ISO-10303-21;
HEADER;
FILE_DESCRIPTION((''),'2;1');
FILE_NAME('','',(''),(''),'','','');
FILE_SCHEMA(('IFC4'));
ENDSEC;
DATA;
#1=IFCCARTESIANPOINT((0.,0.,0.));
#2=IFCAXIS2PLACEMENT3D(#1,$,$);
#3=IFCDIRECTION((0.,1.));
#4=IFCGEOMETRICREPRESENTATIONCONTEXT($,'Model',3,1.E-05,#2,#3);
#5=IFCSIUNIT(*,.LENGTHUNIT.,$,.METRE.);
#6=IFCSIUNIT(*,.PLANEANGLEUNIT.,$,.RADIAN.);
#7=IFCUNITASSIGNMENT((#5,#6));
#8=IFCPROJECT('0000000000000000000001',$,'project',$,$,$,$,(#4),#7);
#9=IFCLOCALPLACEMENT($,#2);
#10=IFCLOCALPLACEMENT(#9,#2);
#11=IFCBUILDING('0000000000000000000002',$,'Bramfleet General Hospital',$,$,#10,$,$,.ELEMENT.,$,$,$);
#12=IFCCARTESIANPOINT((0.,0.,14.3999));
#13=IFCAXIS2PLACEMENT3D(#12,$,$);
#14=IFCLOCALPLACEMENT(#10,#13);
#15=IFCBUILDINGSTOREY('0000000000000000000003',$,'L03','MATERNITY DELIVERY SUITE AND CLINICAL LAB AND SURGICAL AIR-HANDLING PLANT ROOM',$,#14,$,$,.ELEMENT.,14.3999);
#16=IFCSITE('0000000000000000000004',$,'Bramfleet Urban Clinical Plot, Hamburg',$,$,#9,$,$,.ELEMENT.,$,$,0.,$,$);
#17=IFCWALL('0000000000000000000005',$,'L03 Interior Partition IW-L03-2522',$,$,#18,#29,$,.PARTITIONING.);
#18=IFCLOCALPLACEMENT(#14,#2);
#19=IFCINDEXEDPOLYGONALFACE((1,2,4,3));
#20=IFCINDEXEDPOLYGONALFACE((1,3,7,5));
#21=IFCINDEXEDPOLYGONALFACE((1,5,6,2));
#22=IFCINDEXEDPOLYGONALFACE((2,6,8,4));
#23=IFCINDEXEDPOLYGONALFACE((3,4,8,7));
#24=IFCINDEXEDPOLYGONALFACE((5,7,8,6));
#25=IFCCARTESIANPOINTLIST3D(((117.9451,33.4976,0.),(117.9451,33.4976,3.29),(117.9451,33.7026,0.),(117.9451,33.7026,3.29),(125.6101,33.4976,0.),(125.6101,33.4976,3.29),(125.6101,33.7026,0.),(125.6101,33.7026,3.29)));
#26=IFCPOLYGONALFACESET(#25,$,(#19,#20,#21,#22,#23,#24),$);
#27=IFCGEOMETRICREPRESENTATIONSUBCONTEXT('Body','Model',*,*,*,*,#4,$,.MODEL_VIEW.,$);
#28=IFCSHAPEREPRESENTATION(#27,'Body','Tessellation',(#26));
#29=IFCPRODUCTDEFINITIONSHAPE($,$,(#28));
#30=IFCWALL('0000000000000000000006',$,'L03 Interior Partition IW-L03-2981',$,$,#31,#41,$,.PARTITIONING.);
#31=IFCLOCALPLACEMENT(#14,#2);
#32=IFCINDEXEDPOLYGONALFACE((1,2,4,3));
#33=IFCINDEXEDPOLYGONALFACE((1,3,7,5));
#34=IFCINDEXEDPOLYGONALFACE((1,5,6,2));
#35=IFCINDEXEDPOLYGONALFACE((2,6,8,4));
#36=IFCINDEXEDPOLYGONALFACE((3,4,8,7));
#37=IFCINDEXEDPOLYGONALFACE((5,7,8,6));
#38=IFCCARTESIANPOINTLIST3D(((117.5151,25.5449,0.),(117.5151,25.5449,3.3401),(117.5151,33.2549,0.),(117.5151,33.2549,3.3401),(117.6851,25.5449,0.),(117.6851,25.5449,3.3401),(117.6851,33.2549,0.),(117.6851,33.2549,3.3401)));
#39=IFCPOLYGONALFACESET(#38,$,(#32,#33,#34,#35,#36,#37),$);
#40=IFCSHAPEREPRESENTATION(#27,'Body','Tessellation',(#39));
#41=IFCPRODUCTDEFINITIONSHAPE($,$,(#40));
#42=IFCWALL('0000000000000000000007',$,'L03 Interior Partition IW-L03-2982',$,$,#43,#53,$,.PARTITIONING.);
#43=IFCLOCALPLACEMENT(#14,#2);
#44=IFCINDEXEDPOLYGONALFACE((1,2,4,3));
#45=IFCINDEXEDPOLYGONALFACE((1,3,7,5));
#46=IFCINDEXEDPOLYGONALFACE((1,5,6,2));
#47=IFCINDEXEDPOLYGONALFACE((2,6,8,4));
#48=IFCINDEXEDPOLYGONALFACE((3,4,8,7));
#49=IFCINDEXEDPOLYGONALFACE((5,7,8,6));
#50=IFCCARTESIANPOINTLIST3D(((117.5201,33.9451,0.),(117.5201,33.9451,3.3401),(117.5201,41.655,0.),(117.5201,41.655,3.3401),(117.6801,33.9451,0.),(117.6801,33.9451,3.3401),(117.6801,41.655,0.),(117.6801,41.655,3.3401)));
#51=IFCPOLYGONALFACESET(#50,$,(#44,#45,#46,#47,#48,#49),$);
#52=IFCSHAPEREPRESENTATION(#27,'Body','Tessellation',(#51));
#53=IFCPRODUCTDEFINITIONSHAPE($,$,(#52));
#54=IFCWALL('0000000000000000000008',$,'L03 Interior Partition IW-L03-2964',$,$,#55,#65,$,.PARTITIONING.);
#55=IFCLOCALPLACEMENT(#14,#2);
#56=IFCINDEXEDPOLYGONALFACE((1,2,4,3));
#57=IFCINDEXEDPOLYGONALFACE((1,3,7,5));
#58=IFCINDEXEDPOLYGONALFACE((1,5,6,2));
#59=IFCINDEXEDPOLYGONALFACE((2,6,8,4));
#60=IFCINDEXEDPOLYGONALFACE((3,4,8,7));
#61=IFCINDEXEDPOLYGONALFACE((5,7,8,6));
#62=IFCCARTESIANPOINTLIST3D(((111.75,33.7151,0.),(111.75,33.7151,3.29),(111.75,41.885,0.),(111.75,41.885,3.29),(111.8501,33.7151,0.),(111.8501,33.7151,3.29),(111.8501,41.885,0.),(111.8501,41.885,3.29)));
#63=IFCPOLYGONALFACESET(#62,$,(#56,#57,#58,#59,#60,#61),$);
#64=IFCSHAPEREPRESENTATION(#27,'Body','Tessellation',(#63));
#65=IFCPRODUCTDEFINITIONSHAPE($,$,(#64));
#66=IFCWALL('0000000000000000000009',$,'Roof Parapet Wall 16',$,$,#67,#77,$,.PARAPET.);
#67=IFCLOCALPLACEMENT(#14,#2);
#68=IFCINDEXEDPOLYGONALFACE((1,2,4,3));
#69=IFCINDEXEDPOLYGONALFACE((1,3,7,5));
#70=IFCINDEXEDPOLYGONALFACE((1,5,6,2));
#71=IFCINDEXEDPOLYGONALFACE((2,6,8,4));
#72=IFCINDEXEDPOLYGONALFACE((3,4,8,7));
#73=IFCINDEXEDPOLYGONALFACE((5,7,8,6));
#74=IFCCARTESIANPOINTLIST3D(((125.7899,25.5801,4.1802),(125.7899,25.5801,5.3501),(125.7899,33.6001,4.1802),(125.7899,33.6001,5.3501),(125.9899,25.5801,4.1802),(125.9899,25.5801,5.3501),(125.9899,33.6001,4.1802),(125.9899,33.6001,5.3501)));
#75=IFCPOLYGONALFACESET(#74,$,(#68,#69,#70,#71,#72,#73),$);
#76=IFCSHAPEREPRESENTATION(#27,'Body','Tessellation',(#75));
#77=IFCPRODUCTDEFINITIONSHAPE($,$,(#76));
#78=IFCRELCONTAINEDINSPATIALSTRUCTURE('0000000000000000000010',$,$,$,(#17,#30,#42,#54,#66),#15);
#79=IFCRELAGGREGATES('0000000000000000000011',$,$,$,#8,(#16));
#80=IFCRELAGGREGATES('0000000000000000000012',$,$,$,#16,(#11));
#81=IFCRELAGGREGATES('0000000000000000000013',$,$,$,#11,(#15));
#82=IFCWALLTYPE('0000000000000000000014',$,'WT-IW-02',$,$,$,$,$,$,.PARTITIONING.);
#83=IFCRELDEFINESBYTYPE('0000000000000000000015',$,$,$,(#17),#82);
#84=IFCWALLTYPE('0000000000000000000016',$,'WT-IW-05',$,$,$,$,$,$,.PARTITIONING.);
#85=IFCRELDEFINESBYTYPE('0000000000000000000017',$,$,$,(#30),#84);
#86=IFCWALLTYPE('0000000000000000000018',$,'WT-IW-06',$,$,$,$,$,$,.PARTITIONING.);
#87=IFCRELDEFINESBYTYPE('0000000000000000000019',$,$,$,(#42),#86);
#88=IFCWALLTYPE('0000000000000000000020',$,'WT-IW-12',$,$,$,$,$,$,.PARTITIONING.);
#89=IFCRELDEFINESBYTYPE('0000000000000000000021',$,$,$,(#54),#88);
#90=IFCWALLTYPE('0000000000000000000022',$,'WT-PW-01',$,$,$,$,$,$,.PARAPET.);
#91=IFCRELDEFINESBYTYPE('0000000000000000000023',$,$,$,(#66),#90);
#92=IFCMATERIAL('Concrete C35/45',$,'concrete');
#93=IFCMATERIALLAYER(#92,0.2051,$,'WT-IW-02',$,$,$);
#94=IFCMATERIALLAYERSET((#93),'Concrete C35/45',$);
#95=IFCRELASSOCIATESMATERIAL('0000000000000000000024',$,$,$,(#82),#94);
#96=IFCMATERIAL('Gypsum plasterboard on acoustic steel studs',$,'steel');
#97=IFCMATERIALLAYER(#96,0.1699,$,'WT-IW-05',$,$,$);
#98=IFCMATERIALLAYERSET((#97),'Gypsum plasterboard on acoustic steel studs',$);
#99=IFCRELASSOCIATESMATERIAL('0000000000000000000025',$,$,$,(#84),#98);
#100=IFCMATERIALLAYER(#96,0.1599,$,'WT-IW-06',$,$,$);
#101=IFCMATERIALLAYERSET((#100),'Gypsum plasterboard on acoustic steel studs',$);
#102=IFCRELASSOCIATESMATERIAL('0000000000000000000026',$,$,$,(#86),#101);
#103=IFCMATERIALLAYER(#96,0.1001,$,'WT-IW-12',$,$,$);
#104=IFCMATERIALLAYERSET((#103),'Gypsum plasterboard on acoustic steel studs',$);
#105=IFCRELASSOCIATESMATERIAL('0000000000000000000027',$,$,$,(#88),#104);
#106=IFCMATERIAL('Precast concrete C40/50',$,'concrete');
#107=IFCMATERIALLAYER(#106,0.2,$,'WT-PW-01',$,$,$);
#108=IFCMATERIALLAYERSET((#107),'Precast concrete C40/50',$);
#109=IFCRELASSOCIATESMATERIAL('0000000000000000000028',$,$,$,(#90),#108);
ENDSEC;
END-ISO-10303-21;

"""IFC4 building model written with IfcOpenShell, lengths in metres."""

from ifc_helpers import new_model, si_unit, direction, frame, frame_2d, origin, place, context, subcontext, project, spatial, rectangle, extrude, material, layer, layer_set, type_object, element, save


model = new_model("IFC4")

# Units and contexts
model_context = context("Model", 3, precision=1e-05, world=origin(), true_north=direction((0.0, 1.0)))
body_context = subcontext(model_context, "Body", "Model", "MODEL_VIEW")
ifc_project = project(units=[si_unit("LENGTHUNIT", "METRE"), si_unit("PLANEANGLEUNIT", "RADIAN")], contexts=[model_context])

# Site, building, storey
site_placement = place(None, origin())
site = spatial("IfcSite", under=ifc_project, at=site_placement, Name="Bramfleet Urban Clinical Plot, Hamburg", CompositionType="ELEMENT", RefElevation=0.0)
building_placement = place(site_placement, origin())
building = spatial("IfcBuilding", under=site, at=building_placement, Name="Bramfleet General Hospital", CompositionType="ELEMENT")
storey_placement = place(building_placement, frame((0.0, 0.0, 14.3999)))
storey = spatial("IfcBuildingStorey", under=building, at=storey_placement, Name="L03", Description="MATERNITY DELIVERY SUITE AND CLINICAL LAB AND SURGICAL AIR-HANDLING PLANT ROOM", CompositionType="ELEMENT", Elevation=14.3999)

# Shared definitions
ifc_material_1 = material(Name="Concrete C35/45", Category="concrete")

# Walls
ifc_layer_1 = layer(ifc_material_1, 0.2051, Name="WT-IW-02")
ifc_layer_set_1 = layer_set([ifc_layer_1], Name="Concrete C35/45")
wall_type_1 = type_object("IfcWallType", Name="WT-IW-02", PredefinedType="PARTITIONING", material=ifc_layer_set_1)
wall_1_placement = place(storey_placement, frame((117.9451, 33.6001, 0.0), z_axis=(0.0, 0.0, 1.0), x_axis=(1.0, 0.0, 0.0)))
element("IfcWall", 1, at=wall_1_placement, inside=storey, type_object=wall_type_1, Name="L03 Interior Partition IW-L03-2522", PredefinedType="PARTITIONING", context=body_context, shape_type="SweptSolid", body=[
    extrude(rectangle(XDim=7.665, YDim=0.2051, at=frame_2d((3.8325, 0.0))), origin(), (0.0, 0.0, 1.0), 3.29),
])
ifc_material_2 = material(Name="Gypsum plasterboard on acoustic steel studs", Category="steel")
ifc_layer_2 = layer(ifc_material_2, 0.1699, Name="WT-IW-05")
ifc_layer_set_2 = layer_set([ifc_layer_2], Name="Gypsum plasterboard on acoustic steel studs")
wall_type_2 = type_object("IfcWallType", Name="WT-IW-05", PredefinedType="PARTITIONING", material=ifc_layer_set_2)
wall_2_placement = place(storey_placement, frame((117.6001, 25.5449, 0.0), z_axis=(0.0, 0.0, 1.0), x_axis=(0.0, 1.0, 0.0)))
element("IfcWall", 2, at=wall_2_placement, inside=storey, type_object=wall_type_2, Name="L03 Interior Partition IW-L03-2981", PredefinedType="PARTITIONING", context=body_context, shape_type="SweptSolid", body=[
    extrude(rectangle(XDim=7.71, YDim=0.1699, at=frame_2d((3.855, 0.0))), origin(), (0.0, 0.0, 1.0), 3.3401),
])
ifc_layer_3 = layer(ifc_material_2, 0.1599, Name="WT-IW-06")
ifc_layer_set_3 = layer_set([ifc_layer_3], Name="Gypsum plasterboard on acoustic steel studs")
wall_type_3 = type_object("IfcWallType", Name="WT-IW-06", PredefinedType="PARTITIONING", material=ifc_layer_set_3)
wall_3_placement = place(storey_placement, frame((117.6001, 33.9451, 0.0), z_axis=(0.0, 0.0, 1.0), x_axis=(0.0, 1.0, 0.0)))
element("IfcWall", 3, at=wall_3_placement, inside=storey, type_object=wall_type_3, Name="L03 Interior Partition IW-L03-2982", PredefinedType="PARTITIONING", context=body_context, shape_type="SweptSolid", body=[
    extrude(rectangle(XDim=7.71, YDim=0.1599, at=frame_2d((3.855, 0.0))), origin(), (0.0, 0.0, 1.0), 3.3401),
])
ifc_layer_4 = layer(ifc_material_2, 0.1001, Name="WT-IW-12")
ifc_layer_set_4 = layer_set([ifc_layer_4], Name="Gypsum plasterboard on acoustic steel studs")
wall_type_4 = type_object("IfcWallType", Name="WT-IW-12", PredefinedType="PARTITIONING", material=ifc_layer_set_4)
wall_4_placement = place(storey_placement, frame((111.8, 33.7151, 0.0), z_axis=(0.0, 0.0, 1.0), x_axis=(0.0, 1.0, 0.0)))
element("IfcWall", 4, at=wall_4_placement, inside=storey, type_object=wall_type_4, Name="L03 Interior Partition IW-L03-2964", PredefinedType="PARTITIONING", context=body_context, shape_type="SweptSolid", body=[
    extrude(rectangle(XDim=8.1699, YDim=0.1001, at=frame_2d((4.085, 0.0))), origin(), (0.0, 0.0, 1.0), 3.29),
])
ifc_material_3 = material(Name="Precast concrete C40/50", Category="concrete")
ifc_layer_5 = layer(ifc_material_3, 0.2, Name="WT-PW-01")
ifc_layer_set_5 = layer_set([ifc_layer_5], Name="Precast concrete C40/50")
wall_type_5 = type_object("IfcWallType", Name="WT-PW-01", PredefinedType="PARAPET", material=ifc_layer_set_5)
wall_5_placement = place(storey_placement, frame((125.8899, 33.6001, 4.1802), z_axis=(0.0, 0.0, 1.0), x_axis=(0.0, -1.0, 0.0)))
element("IfcWall", 5, at=wall_5_placement, inside=storey, type_object=wall_type_5, Name="Roof Parapet Wall 16", PredefinedType="PARAPET", context=body_context, shape_type="SweptSolid", body=[
    extrude(rectangle(XDim=8.02, YDim=0.2, at=frame_2d((4.01, 0.0))), origin(), (0.0, 0.0, 1.0), 1.1699),
])

save(model, "model.ifc")
